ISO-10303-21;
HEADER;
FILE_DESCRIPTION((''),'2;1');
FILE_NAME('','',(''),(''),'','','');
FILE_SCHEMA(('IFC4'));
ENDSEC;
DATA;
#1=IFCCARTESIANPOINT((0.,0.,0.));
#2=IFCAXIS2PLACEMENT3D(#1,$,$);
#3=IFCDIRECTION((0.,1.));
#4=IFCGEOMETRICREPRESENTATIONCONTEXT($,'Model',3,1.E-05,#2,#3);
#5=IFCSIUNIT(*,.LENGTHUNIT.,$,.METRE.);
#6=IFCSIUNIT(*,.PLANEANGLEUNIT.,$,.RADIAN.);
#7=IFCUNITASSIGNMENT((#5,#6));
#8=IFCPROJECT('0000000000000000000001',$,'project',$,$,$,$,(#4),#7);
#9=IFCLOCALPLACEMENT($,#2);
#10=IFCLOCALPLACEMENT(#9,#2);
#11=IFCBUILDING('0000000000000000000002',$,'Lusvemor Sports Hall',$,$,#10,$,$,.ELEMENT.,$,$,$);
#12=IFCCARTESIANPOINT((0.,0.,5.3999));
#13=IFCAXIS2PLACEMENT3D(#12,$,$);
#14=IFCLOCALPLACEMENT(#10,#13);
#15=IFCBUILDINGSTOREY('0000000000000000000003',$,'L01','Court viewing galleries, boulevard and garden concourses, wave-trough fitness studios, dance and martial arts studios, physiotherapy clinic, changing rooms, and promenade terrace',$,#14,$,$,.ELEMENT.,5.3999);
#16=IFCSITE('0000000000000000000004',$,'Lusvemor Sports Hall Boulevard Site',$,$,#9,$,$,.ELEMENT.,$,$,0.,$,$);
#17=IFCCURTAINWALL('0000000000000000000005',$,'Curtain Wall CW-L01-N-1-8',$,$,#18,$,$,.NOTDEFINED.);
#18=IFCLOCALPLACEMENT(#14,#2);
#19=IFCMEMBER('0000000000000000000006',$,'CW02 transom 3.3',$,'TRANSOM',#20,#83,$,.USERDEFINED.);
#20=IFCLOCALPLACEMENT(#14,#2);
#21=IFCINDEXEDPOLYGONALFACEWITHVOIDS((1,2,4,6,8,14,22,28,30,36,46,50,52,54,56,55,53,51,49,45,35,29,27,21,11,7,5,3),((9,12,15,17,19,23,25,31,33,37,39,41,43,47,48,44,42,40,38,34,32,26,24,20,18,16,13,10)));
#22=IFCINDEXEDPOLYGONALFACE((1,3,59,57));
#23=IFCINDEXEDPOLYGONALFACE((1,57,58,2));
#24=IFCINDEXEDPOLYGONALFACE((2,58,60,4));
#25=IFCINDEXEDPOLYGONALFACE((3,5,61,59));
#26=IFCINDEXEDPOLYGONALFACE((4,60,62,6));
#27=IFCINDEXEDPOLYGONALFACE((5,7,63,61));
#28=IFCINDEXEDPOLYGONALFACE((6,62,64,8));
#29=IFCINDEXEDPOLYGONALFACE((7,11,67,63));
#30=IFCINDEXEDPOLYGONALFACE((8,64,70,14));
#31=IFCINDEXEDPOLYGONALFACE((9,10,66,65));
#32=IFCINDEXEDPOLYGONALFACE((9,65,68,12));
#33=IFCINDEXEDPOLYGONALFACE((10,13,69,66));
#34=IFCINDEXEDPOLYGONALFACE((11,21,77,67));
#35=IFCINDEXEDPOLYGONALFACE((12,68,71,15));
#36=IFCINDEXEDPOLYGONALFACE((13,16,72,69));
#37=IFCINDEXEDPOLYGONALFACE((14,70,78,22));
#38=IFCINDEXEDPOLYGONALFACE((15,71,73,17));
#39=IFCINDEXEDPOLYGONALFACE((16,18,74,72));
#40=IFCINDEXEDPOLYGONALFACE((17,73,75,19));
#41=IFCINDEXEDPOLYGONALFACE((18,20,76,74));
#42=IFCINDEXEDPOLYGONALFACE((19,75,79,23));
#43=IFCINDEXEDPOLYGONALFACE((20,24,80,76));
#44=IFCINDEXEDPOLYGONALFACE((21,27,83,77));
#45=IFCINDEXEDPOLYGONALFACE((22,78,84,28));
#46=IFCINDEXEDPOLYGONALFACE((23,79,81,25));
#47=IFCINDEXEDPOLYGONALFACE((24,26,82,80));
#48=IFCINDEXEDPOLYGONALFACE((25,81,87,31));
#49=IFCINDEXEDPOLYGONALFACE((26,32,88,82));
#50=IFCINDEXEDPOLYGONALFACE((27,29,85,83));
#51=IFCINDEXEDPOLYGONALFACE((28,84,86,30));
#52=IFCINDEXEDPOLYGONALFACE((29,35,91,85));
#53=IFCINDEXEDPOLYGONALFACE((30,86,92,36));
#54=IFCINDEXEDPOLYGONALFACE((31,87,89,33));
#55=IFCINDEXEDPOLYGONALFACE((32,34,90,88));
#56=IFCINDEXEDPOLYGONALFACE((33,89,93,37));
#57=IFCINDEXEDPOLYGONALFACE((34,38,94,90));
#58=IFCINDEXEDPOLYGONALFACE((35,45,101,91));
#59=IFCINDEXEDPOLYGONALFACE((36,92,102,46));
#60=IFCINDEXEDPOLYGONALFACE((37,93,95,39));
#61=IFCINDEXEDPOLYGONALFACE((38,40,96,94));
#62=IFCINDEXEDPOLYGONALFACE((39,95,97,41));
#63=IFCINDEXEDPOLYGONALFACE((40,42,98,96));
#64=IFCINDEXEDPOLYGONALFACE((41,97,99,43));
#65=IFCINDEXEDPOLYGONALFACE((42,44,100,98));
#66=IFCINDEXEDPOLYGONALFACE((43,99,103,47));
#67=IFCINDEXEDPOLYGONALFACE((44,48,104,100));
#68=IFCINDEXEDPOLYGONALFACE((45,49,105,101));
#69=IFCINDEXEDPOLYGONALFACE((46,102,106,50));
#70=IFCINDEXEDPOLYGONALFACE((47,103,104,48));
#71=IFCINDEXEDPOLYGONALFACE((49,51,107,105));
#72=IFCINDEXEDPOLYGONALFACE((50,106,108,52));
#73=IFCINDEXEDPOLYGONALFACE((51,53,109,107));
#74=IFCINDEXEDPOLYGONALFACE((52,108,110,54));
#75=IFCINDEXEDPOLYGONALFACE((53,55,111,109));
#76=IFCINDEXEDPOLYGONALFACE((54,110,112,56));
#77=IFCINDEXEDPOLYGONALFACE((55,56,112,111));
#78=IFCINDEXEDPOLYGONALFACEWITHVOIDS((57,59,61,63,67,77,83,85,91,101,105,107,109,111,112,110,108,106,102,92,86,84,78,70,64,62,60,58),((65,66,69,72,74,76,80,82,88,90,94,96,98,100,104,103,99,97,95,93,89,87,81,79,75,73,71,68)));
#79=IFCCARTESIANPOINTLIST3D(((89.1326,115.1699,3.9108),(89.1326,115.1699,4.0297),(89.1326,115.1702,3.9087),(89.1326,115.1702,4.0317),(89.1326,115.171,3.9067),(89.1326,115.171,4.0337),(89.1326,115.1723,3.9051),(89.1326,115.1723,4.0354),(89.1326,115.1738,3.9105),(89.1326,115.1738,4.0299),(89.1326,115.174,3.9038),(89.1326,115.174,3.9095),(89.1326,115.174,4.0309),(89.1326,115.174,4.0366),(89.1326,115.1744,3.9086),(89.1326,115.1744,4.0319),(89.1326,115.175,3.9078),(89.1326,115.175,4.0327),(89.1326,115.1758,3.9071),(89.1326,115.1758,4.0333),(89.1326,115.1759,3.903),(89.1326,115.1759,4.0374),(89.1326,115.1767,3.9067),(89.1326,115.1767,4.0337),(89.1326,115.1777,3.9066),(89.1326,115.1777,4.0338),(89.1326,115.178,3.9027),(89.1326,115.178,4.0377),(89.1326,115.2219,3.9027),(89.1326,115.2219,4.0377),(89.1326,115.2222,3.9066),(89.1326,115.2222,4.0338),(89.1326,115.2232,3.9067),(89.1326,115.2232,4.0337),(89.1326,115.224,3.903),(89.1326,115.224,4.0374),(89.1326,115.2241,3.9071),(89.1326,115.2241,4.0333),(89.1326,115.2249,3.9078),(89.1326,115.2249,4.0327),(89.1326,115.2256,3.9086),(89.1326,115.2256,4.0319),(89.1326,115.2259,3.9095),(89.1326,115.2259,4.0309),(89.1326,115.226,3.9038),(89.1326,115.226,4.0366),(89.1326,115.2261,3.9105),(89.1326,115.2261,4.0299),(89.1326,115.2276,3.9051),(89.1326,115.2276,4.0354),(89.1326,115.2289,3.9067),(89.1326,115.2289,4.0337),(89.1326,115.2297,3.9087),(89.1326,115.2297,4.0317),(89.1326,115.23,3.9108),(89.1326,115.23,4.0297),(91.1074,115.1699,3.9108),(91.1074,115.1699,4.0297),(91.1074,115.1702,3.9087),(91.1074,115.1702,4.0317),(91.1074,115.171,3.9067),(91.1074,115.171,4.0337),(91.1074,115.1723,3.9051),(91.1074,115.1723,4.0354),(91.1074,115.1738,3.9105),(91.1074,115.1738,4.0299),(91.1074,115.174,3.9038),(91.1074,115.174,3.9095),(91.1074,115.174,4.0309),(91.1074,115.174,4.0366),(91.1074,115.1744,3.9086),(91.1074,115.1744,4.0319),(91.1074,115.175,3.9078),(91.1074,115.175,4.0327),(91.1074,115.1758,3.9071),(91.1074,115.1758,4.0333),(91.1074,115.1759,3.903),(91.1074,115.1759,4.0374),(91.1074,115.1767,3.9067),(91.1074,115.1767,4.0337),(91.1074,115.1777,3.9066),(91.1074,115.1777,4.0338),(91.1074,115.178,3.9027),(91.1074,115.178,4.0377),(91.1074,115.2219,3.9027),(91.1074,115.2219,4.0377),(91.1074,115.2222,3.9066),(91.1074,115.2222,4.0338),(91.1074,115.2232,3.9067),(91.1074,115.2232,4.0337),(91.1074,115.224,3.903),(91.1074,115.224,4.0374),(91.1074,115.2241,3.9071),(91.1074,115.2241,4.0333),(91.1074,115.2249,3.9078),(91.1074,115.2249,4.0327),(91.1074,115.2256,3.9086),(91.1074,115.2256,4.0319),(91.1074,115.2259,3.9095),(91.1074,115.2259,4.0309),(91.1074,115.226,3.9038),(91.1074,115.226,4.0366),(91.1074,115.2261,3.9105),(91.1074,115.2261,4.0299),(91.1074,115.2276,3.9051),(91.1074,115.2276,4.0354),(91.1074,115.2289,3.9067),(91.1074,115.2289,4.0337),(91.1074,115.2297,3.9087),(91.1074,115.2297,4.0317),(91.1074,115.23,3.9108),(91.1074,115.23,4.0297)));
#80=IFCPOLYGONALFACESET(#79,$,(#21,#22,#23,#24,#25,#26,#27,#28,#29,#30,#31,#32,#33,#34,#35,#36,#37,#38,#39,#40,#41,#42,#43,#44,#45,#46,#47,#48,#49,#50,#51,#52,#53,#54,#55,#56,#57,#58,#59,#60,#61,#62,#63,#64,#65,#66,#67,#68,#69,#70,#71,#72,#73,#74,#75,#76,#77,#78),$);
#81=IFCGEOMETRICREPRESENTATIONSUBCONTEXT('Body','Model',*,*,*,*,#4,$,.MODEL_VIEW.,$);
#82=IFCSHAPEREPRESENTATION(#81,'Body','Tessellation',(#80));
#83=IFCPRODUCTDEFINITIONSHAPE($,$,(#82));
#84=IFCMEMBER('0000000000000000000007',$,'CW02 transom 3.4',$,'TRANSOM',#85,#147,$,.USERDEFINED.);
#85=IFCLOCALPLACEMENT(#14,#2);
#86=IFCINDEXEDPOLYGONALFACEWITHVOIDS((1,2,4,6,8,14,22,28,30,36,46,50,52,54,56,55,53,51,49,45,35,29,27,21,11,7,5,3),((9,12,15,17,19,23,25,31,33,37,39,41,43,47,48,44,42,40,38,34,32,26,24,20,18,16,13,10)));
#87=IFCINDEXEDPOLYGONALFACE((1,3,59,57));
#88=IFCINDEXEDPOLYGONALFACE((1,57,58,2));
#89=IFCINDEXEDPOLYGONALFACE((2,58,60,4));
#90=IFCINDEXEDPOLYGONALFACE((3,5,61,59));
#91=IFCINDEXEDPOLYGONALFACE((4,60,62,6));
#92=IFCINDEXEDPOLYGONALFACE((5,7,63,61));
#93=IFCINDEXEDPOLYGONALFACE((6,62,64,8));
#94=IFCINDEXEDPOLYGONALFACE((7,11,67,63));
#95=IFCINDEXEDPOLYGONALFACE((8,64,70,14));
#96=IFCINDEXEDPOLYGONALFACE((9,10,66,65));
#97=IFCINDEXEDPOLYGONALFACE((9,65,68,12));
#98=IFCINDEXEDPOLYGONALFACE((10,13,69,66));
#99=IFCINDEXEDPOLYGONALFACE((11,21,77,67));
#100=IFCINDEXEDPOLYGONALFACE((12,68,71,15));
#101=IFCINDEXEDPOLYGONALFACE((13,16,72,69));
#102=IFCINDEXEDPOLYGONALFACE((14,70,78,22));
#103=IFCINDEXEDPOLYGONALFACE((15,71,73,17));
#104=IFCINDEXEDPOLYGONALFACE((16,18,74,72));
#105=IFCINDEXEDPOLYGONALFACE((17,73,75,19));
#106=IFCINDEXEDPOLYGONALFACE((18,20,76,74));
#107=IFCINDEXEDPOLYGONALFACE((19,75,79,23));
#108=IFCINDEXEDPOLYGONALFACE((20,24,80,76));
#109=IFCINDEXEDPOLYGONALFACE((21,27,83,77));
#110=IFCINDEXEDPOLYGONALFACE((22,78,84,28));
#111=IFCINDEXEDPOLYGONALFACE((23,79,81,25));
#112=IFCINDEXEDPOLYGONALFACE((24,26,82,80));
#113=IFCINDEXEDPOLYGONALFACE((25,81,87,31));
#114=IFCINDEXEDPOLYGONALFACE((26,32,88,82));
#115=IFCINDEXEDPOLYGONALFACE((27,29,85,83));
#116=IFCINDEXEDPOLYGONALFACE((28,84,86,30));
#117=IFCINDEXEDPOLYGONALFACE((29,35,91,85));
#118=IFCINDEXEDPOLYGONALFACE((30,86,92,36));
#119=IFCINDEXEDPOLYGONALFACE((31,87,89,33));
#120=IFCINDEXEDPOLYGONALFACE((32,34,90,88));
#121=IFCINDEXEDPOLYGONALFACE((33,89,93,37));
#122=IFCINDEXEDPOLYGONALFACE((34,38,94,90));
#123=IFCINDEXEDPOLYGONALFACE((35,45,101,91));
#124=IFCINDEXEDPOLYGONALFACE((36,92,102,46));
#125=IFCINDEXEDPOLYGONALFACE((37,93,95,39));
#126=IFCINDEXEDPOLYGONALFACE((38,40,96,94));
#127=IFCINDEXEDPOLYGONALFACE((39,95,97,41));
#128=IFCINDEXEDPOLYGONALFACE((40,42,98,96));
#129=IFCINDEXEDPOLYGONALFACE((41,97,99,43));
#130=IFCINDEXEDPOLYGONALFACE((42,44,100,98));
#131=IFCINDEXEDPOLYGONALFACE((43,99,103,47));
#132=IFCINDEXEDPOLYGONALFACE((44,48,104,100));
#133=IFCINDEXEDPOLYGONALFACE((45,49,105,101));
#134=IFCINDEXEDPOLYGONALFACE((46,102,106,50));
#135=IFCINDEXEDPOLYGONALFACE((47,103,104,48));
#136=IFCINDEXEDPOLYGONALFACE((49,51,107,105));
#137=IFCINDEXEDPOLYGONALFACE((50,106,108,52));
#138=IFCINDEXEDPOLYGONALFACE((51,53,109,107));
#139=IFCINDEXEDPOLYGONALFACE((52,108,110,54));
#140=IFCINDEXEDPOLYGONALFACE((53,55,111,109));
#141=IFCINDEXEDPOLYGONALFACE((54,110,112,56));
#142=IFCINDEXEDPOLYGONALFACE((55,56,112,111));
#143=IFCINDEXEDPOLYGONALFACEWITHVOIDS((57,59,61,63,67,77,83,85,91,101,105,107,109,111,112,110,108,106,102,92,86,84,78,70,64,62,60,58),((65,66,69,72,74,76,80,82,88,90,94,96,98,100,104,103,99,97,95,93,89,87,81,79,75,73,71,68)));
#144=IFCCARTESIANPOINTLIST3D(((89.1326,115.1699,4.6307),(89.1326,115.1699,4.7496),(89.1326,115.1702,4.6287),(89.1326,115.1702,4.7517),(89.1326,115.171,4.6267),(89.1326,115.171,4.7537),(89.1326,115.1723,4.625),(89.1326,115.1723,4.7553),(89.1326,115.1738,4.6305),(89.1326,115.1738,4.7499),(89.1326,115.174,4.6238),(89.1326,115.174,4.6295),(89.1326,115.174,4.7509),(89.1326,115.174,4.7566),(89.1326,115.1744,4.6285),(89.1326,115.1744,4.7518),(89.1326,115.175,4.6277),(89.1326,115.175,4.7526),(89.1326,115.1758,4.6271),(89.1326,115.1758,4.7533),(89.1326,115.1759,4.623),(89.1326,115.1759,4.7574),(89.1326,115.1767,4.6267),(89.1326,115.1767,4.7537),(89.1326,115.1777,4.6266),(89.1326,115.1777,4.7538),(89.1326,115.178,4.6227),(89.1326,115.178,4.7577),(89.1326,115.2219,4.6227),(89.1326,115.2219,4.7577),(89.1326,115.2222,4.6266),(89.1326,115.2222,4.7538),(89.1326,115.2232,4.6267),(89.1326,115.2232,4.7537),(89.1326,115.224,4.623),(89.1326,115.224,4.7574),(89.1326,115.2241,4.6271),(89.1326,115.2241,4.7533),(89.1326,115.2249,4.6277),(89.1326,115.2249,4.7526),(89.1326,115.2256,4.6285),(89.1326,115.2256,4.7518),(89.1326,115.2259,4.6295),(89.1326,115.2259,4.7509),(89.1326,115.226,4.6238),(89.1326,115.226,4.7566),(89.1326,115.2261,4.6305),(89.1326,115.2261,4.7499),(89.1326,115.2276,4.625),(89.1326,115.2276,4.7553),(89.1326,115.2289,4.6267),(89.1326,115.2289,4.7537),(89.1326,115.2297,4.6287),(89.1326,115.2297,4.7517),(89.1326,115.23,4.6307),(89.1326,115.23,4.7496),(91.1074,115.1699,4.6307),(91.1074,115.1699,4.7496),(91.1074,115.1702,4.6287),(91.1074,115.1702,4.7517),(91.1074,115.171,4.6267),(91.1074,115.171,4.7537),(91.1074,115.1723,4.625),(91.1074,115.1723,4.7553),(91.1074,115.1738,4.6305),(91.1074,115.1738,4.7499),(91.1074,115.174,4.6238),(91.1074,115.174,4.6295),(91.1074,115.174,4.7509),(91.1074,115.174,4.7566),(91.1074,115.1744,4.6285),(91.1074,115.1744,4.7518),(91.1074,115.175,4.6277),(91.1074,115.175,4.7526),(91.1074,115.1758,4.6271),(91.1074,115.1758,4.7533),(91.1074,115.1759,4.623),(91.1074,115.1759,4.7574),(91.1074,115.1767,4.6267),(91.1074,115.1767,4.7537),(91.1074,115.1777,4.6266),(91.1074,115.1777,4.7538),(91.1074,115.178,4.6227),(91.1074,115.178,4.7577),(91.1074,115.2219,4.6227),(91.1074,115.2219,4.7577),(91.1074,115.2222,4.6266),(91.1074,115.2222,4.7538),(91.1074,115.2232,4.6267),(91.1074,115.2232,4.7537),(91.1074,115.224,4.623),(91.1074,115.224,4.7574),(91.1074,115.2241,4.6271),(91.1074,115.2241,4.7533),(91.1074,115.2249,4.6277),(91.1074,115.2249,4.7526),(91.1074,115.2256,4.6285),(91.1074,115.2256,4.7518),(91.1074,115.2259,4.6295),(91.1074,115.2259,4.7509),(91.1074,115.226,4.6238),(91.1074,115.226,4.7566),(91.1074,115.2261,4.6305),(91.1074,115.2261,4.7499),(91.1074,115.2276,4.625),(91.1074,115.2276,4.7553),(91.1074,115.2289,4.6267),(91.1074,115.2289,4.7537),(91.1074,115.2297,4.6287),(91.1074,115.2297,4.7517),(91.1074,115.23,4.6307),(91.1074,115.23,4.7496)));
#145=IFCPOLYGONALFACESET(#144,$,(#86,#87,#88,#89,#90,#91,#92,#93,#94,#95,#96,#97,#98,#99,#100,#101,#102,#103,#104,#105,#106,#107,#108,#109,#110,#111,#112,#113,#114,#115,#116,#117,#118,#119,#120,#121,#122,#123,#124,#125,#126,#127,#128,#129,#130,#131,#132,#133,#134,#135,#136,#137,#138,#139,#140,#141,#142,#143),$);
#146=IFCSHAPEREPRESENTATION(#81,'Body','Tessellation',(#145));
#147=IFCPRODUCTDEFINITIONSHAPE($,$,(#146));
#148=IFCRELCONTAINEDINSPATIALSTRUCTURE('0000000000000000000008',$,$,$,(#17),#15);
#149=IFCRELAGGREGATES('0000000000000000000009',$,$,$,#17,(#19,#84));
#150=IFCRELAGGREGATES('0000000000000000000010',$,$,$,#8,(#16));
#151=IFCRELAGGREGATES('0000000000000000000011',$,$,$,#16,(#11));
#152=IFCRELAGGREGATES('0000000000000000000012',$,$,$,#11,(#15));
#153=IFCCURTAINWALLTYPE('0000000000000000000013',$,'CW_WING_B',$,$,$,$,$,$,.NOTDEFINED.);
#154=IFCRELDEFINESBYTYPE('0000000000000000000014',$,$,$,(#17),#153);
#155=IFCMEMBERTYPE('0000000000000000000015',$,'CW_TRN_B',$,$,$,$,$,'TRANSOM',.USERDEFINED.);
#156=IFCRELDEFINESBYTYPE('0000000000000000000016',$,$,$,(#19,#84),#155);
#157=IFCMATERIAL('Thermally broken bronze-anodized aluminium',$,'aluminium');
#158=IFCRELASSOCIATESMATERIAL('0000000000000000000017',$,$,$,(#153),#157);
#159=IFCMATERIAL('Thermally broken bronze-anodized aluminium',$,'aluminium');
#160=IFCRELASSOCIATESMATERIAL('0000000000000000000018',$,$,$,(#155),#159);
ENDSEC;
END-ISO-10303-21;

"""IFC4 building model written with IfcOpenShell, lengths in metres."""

from ifc_helpers import new_model, si_unit, direction, frame, origin, origin_2d, place, context, subcontext, project, spatial, hollow_rectangle, extrude, material, material_profile, profile_set, type_object, element, aggregate, save


model = new_model("IFC4")

# Units and contexts
model_context = context("Model", 3, precision=1e-05, world=origin(), true_north=direction((0.0, 1.0)))
body_context = subcontext(model_context, "Body", "Model", "MODEL_VIEW")
ifc_project = project(units=[si_unit("LENGTHUNIT", "METRE"), si_unit("PLANEANGLEUNIT", "RADIAN")], contexts=[model_context])

# Site, building, storey
site_placement = place(None, origin())
site = spatial("IfcSite", under=ifc_project, at=site_placement, Name="Lusvemor Sports Hall Boulevard Site", CompositionType="ELEMENT", RefElevation=0.0)
building_placement = place(site_placement, origin())
building = spatial("IfcBuilding", under=site, at=building_placement, Name="Lusvemor Sports Hall", CompositionType="ELEMENT")
storey_placement = place(building_placement, frame((0.0, 0.0, 5.3999)))
storey = spatial("IfcBuildingStorey", under=building, at=storey_placement, Name="L01", Description="Court viewing galleries, boulevard and garden concourses, wave-trough fitness studios, dance and martial arts studios, physiotherapy clinic, changing rooms, and promenade terrace", CompositionType="ELEMENT", Elevation=5.3999)

# Curtain wall
ifc_material_1 = material(Name="Thermally broken bronze-anodized aluminium", Category="aluminium")
curtain_wall_type = type_object("IfcCurtainWallType", Name="CW_WING_B", PredefinedType="NOTDEFINED", material=ifc_material_1)
curtain_wall_1_placement = place(storey_placement, origin())
curtain_wall_1 = element("IfcCurtainWall", 1, at=curtain_wall_1_placement, inside=storey, type_object=curtain_wall_type, Name="Curtain Wall CW-L01-N-1-8", PredefinedType="NOTDEFINED")

# Members
ifc_material_2 = material(Name="Thermally broken bronze-anodized aluminium", Category="aluminium")
ifc_material_profile_1 = material_profile(ifc_material_2, hollow_rectangle(XDim=0.0601, YDim=0.135, WallThickness=0.0039, InnerFilletRadius=0.0039, OuterFilletRadius=0.0081, at=origin_2d()), Name="CWTRN135x60x4")
ifc_profile_set_1 = profile_set([ifc_material_profile_1], Name="Thermally broken bronze-anodized aluminium")
member_type_1 = type_object("IfcMemberType", Name="CW_TRN_B", ElementType="TRANSOM", PredefinedType="USERDEFINED", material=ifc_profile_set_1)
member_1_placement = place(storey_placement, frame((89.1326, 115.2, 3.9702), z_axis=(1.0, 0.0, 0.0), x_axis=(0.0, 1.0, 0.0)))
member_1 = element("IfcMember", 2, at=member_1_placement, type_object=member_type_1, Name="CW02 transom 3.3", ObjectType="TRANSOM", PredefinedType="USERDEFINED", context=body_context, shape_type="SweptSolid", body=[
    extrude(hollow_rectangle(XDim=0.0601, YDim=0.135, WallThickness=0.0039, InnerFilletRadius=0.0039, OuterFilletRadius=0.0081, at=origin_2d()), origin(), (0.0, 0.0, 1.0), 1.9749),
])
member_2_placement = place(storey_placement, frame((89.1326, 115.2, 4.6902), z_axis=(1.0, 0.0, 0.0), x_axis=(0.0, 1.0, 0.0)))
member_2 = element("IfcMember", 3, at=member_2_placement, type_object=member_type_1, Name="CW02 transom 3.4", ObjectType="TRANSOM", PredefinedType="USERDEFINED", context=body_context, shape_type="SweptSolid", body=[
    extrude(hollow_rectangle(XDim=0.0601, YDim=0.135, WallThickness=0.0039, InnerFilletRadius=0.0039, OuterFilletRadius=0.0081, at=origin_2d()), origin(), (0.0, 0.0, 1.0), 1.9749),
])

aggregate(curtain_wall_1, [member_1, member_2])

save(model, "model.ifc")
